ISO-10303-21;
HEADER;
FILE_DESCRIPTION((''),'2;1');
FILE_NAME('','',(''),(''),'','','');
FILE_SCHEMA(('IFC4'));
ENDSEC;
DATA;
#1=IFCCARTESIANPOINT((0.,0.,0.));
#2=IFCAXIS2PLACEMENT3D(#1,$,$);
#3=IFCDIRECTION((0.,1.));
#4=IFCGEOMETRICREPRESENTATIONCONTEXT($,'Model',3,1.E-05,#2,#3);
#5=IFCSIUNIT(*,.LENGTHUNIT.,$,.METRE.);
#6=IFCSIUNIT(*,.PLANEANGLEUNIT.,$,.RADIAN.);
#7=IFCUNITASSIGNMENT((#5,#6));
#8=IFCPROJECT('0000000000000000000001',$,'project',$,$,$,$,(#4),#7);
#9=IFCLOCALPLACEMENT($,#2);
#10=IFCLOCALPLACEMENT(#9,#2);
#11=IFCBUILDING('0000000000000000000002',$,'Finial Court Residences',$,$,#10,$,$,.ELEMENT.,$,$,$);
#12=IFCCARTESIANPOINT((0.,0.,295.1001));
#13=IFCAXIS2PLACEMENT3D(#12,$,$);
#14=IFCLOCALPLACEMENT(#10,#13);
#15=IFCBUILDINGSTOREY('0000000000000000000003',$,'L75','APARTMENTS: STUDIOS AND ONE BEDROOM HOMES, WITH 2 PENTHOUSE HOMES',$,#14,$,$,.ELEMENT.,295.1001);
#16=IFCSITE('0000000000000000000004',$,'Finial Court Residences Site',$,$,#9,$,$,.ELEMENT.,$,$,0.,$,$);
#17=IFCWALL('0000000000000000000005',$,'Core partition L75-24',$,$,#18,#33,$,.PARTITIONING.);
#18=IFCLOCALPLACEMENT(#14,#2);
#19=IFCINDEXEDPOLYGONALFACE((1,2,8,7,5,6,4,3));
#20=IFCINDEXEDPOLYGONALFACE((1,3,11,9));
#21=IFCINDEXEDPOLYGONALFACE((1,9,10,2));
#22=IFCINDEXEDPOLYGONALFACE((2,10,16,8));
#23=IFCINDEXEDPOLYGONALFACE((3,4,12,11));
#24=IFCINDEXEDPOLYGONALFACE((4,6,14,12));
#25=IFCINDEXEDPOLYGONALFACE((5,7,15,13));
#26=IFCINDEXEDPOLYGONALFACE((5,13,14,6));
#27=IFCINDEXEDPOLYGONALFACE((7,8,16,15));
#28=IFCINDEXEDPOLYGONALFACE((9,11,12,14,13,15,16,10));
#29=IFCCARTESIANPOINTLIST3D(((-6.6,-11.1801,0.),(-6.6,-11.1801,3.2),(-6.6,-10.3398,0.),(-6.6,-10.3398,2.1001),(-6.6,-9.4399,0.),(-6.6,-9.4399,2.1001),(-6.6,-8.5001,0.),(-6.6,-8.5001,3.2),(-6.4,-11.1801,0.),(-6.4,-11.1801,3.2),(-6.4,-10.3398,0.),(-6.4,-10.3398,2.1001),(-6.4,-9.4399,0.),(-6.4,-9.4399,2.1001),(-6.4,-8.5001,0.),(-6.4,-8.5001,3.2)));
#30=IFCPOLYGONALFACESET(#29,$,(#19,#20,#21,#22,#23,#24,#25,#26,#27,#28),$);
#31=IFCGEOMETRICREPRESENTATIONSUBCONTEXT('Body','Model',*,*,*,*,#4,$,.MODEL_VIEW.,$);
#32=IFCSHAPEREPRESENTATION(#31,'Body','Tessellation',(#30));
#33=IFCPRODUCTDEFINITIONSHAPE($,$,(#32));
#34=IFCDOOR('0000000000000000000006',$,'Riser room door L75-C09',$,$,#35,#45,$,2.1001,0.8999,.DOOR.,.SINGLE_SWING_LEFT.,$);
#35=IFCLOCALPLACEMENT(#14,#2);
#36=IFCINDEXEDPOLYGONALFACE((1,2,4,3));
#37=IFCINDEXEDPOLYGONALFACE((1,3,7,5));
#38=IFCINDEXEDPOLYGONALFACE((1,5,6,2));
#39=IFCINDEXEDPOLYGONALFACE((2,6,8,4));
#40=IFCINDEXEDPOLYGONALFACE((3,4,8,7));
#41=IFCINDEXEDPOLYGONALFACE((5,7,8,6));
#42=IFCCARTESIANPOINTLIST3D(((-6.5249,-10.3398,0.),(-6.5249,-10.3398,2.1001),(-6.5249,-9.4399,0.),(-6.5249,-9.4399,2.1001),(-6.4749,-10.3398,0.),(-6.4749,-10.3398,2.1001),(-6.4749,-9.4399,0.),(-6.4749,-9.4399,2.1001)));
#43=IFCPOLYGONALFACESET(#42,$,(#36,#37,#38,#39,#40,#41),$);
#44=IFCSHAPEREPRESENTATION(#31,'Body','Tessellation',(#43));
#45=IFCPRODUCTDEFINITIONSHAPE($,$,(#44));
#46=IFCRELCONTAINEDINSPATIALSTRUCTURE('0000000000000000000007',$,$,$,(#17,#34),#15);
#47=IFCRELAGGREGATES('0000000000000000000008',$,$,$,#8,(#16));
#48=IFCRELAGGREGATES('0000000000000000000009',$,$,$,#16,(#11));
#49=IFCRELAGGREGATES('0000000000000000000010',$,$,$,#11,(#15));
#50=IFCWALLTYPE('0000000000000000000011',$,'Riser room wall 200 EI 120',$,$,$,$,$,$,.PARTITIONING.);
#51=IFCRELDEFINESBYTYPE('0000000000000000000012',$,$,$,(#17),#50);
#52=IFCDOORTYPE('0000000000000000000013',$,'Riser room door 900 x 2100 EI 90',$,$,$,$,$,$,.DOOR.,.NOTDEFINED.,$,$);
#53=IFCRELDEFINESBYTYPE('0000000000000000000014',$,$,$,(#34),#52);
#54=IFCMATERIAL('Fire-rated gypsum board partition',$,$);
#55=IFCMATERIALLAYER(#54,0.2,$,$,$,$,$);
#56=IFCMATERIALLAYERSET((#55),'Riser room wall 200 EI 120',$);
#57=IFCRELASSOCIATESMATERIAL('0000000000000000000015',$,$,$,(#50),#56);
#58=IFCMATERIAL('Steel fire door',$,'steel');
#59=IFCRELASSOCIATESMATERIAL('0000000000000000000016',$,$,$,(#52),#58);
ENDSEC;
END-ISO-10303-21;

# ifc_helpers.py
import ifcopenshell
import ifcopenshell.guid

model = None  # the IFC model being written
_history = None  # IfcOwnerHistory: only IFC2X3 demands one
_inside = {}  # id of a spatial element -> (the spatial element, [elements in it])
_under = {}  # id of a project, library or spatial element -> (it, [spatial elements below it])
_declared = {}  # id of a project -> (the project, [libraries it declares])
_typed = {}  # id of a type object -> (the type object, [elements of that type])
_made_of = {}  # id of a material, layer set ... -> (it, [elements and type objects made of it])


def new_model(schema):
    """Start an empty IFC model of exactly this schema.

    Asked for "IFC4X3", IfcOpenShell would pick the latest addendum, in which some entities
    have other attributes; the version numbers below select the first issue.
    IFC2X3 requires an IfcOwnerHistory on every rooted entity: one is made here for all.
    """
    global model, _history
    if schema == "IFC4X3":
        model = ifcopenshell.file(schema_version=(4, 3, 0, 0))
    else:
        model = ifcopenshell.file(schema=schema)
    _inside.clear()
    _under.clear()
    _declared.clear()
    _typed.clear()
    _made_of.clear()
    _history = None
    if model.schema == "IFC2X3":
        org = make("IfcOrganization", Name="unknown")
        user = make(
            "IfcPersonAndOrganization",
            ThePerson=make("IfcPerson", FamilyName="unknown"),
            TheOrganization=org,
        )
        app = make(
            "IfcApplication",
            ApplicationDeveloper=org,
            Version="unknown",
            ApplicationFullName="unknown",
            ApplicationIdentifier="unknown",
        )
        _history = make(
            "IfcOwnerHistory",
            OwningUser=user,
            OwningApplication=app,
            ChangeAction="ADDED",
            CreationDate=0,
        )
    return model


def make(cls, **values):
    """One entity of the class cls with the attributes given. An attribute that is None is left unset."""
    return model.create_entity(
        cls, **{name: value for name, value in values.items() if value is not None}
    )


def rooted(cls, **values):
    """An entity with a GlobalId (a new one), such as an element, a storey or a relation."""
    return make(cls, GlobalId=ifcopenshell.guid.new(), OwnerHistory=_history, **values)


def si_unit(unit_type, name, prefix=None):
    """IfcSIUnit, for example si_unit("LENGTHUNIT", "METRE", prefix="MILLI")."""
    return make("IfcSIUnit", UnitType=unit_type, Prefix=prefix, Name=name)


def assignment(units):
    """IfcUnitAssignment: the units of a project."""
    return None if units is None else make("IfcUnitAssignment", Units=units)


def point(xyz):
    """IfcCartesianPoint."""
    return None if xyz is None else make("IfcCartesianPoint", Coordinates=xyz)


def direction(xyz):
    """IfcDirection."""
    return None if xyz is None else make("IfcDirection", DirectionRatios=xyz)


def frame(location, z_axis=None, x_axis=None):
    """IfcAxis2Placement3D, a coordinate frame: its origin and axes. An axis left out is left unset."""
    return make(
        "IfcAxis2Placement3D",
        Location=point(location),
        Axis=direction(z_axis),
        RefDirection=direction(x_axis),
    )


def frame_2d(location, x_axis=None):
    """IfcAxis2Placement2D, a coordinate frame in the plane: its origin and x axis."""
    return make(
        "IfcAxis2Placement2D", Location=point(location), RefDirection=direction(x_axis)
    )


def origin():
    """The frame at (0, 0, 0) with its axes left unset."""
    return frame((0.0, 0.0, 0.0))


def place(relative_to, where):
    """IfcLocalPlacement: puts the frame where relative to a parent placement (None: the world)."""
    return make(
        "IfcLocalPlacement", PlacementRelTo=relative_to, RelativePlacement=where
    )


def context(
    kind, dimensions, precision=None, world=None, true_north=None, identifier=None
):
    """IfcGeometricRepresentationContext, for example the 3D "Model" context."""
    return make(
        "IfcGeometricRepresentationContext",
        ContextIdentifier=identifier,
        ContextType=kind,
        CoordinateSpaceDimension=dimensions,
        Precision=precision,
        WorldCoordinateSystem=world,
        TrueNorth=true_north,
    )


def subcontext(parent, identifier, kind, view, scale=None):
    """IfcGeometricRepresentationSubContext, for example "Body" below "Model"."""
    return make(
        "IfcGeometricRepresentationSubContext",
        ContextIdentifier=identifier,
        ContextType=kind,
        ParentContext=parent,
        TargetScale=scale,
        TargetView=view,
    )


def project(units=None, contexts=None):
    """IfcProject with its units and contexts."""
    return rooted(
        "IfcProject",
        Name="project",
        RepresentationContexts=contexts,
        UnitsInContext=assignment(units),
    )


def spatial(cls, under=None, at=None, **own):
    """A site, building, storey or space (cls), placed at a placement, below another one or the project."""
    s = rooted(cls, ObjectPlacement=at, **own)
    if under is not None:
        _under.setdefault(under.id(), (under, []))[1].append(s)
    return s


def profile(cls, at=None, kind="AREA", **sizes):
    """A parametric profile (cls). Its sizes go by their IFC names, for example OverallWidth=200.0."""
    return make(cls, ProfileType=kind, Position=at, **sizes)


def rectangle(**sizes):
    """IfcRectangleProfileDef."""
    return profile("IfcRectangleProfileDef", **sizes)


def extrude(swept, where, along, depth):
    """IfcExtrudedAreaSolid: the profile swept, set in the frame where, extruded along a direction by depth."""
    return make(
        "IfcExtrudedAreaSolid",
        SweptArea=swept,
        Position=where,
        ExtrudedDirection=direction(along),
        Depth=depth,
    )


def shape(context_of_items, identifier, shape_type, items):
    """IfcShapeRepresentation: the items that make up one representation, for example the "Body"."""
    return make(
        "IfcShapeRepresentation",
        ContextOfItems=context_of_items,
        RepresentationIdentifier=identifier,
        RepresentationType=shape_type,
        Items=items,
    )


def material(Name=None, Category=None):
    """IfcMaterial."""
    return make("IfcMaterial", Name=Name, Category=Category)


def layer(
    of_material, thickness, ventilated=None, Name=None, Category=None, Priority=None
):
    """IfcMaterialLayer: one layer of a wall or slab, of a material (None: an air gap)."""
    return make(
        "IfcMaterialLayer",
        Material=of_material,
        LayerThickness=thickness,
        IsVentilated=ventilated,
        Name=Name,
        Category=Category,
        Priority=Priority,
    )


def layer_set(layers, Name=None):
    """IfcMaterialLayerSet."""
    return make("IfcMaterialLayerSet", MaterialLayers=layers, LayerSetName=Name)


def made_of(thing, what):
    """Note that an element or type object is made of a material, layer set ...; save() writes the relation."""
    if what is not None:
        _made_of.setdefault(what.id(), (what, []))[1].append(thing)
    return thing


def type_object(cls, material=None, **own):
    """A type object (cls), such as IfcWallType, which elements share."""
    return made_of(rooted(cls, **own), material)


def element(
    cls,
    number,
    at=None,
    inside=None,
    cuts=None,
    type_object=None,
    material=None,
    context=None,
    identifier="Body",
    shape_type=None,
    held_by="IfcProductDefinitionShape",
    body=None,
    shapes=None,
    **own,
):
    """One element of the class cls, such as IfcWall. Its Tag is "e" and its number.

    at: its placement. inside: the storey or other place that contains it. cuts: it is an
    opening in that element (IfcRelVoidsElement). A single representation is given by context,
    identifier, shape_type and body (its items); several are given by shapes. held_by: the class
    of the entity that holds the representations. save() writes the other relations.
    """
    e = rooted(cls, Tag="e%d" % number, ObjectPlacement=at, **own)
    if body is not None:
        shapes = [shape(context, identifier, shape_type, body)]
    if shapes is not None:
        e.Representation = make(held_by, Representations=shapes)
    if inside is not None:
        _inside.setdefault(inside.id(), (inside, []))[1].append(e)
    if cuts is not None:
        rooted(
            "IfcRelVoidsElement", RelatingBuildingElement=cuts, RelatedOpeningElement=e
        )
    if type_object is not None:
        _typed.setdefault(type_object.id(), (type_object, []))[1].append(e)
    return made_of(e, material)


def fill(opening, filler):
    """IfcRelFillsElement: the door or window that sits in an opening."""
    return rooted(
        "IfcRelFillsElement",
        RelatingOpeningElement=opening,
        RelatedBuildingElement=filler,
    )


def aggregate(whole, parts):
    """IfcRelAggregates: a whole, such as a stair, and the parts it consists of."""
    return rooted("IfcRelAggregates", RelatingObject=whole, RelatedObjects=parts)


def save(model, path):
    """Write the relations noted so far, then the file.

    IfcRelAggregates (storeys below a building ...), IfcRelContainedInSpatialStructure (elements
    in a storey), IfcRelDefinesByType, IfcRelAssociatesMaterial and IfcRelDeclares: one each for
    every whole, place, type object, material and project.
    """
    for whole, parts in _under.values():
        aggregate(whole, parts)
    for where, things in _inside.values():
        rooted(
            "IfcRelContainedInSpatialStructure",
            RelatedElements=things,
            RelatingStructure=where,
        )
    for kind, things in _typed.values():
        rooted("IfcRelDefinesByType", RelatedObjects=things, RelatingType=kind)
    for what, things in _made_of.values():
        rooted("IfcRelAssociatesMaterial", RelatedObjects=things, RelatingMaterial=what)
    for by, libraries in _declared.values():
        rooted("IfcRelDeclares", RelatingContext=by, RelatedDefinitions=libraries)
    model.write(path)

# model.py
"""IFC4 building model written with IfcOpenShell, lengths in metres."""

from ifc_helpers import new_model, si_unit, direction, frame, frame_2d, origin, place, context, subcontext, project, spatial, rectangle, extrude, material, layer, layer_set, type_object, element, fill, save


model = new_model("IFC4")

# Units and contexts
model_context = context("Model", 3, precision=1e-05, world=origin(), true_north=direction((0.0, 1.0)))
body_context = subcontext(model_context, "Body", "Model", "MODEL_VIEW")
ifc_project = project(units=[si_unit("LENGTHUNIT", "METRE"), si_unit("PLANEANGLEUNIT", "RADIAN")], contexts=[model_context])

# Site, building, storey
site_placement = place(None, origin())
site = spatial("IfcSite", under=ifc_project, at=site_placement, Name="Finial Court Residences Site", CompositionType="ELEMENT", RefElevation=0.0)
building_placement = place(site_placement, origin())
building = spatial("IfcBuilding", under=site, at=building_placement, Name="Finial Court Residences", CompositionType="ELEMENT")
storey_placement = place(building_placement, frame((0.0, 0.0, 295.1001)))
storey = spatial("IfcBuildingStorey", under=building, at=storey_placement, Name="L75", Description="APARTMENTS: STUDIOS AND ONE BEDROOM HOMES, WITH 2 PENTHOUSE HOMES", CompositionType="ELEMENT", Elevation=295.1001)

# Shared definitions
ifc_material_1 = material(Name="Fire-rated gypsum board partition")
ifc_layer_1 = layer(ifc_material_1, 0.2)
ifc_layer_set_1 = layer_set([ifc_layer_1], Name="Riser room wall 200 EI 120")
wall_type_1 = type_object("IfcWallType", Name="Riser room wall 200 EI 120", PredefinedType="PARTITIONING", material=ifc_layer_set_1)

# Wall, opening, door
wall_1_placement = place(storey_placement, frame((-6.5, -11.1799, 0.0), z_axis=(0.0, 0.0, 1.0), x_axis=(0.0, 1.0, 0.0)))
wall_1 = element("IfcWall", 1, at=wall_1_placement, inside=storey, type_object=wall_type_1, Name="Core partition L75-24", PredefinedType="PARTITIONING", context=body_context, shape_type="SweptSolid", body=[
    extrude(rectangle(XDim=2.6799, YDim=0.2, at=frame_2d((1.3398, 0.0))), origin(), (0.0, 0.0, 1.0), 3.2),
])
opening_1_placement = place(wall_1_placement, frame((0.8401, 0.0, 0.0)))
opening_1 = element("IfcOpeningElement", 2, at=opening_1_placement, cuts=wall_1, PredefinedType="OPENING", context=body_context, shape_type="SweptSolid", body=[
    extrude(rectangle(XDim=0.8999, YDim=2.1001, at=frame_2d((0.45, 1.05))), frame((0.0, 0.1099, 0.0), z_axis=(0.0, -1.0, 0.0), x_axis=(1.0, 0.0, 0.0)), (0.0, 0.0, 1.0), 0.22),
])
ifc_material_2 = material(Name="Steel fire door", Category="steel")
door_type_1 = type_object("IfcDoorType", Name="Riser room door 900 x 2100 EI 90", OperationType="NOTDEFINED", PredefinedType="DOOR", material=ifc_material_2)
door_1_placement = place(opening_1_placement, origin())
door_1 = element("IfcDoor", 3, at=door_1_placement, inside=storey, type_object=door_type_1, Name="Riser room door L75-C09", OperationType="SINGLE_SWING_LEFT", OverallHeight=2.1001, OverallWidth=0.8999, PredefinedType="DOOR", context=body_context, shape_type="SweptSolid", body=[
    extrude(rectangle(XDim=0.8999, YDim=2.1001, at=frame_2d((0.45, 1.05))), frame((0.0, 0.0249, 0.0), z_axis=(0.0, -1.0, 0.0), x_axis=(1.0, 0.0, 0.0)), (0.0, 0.0, 1.0), 0.05),
])
fill(opening_1, door_1)

save(model, "model.ifc")
